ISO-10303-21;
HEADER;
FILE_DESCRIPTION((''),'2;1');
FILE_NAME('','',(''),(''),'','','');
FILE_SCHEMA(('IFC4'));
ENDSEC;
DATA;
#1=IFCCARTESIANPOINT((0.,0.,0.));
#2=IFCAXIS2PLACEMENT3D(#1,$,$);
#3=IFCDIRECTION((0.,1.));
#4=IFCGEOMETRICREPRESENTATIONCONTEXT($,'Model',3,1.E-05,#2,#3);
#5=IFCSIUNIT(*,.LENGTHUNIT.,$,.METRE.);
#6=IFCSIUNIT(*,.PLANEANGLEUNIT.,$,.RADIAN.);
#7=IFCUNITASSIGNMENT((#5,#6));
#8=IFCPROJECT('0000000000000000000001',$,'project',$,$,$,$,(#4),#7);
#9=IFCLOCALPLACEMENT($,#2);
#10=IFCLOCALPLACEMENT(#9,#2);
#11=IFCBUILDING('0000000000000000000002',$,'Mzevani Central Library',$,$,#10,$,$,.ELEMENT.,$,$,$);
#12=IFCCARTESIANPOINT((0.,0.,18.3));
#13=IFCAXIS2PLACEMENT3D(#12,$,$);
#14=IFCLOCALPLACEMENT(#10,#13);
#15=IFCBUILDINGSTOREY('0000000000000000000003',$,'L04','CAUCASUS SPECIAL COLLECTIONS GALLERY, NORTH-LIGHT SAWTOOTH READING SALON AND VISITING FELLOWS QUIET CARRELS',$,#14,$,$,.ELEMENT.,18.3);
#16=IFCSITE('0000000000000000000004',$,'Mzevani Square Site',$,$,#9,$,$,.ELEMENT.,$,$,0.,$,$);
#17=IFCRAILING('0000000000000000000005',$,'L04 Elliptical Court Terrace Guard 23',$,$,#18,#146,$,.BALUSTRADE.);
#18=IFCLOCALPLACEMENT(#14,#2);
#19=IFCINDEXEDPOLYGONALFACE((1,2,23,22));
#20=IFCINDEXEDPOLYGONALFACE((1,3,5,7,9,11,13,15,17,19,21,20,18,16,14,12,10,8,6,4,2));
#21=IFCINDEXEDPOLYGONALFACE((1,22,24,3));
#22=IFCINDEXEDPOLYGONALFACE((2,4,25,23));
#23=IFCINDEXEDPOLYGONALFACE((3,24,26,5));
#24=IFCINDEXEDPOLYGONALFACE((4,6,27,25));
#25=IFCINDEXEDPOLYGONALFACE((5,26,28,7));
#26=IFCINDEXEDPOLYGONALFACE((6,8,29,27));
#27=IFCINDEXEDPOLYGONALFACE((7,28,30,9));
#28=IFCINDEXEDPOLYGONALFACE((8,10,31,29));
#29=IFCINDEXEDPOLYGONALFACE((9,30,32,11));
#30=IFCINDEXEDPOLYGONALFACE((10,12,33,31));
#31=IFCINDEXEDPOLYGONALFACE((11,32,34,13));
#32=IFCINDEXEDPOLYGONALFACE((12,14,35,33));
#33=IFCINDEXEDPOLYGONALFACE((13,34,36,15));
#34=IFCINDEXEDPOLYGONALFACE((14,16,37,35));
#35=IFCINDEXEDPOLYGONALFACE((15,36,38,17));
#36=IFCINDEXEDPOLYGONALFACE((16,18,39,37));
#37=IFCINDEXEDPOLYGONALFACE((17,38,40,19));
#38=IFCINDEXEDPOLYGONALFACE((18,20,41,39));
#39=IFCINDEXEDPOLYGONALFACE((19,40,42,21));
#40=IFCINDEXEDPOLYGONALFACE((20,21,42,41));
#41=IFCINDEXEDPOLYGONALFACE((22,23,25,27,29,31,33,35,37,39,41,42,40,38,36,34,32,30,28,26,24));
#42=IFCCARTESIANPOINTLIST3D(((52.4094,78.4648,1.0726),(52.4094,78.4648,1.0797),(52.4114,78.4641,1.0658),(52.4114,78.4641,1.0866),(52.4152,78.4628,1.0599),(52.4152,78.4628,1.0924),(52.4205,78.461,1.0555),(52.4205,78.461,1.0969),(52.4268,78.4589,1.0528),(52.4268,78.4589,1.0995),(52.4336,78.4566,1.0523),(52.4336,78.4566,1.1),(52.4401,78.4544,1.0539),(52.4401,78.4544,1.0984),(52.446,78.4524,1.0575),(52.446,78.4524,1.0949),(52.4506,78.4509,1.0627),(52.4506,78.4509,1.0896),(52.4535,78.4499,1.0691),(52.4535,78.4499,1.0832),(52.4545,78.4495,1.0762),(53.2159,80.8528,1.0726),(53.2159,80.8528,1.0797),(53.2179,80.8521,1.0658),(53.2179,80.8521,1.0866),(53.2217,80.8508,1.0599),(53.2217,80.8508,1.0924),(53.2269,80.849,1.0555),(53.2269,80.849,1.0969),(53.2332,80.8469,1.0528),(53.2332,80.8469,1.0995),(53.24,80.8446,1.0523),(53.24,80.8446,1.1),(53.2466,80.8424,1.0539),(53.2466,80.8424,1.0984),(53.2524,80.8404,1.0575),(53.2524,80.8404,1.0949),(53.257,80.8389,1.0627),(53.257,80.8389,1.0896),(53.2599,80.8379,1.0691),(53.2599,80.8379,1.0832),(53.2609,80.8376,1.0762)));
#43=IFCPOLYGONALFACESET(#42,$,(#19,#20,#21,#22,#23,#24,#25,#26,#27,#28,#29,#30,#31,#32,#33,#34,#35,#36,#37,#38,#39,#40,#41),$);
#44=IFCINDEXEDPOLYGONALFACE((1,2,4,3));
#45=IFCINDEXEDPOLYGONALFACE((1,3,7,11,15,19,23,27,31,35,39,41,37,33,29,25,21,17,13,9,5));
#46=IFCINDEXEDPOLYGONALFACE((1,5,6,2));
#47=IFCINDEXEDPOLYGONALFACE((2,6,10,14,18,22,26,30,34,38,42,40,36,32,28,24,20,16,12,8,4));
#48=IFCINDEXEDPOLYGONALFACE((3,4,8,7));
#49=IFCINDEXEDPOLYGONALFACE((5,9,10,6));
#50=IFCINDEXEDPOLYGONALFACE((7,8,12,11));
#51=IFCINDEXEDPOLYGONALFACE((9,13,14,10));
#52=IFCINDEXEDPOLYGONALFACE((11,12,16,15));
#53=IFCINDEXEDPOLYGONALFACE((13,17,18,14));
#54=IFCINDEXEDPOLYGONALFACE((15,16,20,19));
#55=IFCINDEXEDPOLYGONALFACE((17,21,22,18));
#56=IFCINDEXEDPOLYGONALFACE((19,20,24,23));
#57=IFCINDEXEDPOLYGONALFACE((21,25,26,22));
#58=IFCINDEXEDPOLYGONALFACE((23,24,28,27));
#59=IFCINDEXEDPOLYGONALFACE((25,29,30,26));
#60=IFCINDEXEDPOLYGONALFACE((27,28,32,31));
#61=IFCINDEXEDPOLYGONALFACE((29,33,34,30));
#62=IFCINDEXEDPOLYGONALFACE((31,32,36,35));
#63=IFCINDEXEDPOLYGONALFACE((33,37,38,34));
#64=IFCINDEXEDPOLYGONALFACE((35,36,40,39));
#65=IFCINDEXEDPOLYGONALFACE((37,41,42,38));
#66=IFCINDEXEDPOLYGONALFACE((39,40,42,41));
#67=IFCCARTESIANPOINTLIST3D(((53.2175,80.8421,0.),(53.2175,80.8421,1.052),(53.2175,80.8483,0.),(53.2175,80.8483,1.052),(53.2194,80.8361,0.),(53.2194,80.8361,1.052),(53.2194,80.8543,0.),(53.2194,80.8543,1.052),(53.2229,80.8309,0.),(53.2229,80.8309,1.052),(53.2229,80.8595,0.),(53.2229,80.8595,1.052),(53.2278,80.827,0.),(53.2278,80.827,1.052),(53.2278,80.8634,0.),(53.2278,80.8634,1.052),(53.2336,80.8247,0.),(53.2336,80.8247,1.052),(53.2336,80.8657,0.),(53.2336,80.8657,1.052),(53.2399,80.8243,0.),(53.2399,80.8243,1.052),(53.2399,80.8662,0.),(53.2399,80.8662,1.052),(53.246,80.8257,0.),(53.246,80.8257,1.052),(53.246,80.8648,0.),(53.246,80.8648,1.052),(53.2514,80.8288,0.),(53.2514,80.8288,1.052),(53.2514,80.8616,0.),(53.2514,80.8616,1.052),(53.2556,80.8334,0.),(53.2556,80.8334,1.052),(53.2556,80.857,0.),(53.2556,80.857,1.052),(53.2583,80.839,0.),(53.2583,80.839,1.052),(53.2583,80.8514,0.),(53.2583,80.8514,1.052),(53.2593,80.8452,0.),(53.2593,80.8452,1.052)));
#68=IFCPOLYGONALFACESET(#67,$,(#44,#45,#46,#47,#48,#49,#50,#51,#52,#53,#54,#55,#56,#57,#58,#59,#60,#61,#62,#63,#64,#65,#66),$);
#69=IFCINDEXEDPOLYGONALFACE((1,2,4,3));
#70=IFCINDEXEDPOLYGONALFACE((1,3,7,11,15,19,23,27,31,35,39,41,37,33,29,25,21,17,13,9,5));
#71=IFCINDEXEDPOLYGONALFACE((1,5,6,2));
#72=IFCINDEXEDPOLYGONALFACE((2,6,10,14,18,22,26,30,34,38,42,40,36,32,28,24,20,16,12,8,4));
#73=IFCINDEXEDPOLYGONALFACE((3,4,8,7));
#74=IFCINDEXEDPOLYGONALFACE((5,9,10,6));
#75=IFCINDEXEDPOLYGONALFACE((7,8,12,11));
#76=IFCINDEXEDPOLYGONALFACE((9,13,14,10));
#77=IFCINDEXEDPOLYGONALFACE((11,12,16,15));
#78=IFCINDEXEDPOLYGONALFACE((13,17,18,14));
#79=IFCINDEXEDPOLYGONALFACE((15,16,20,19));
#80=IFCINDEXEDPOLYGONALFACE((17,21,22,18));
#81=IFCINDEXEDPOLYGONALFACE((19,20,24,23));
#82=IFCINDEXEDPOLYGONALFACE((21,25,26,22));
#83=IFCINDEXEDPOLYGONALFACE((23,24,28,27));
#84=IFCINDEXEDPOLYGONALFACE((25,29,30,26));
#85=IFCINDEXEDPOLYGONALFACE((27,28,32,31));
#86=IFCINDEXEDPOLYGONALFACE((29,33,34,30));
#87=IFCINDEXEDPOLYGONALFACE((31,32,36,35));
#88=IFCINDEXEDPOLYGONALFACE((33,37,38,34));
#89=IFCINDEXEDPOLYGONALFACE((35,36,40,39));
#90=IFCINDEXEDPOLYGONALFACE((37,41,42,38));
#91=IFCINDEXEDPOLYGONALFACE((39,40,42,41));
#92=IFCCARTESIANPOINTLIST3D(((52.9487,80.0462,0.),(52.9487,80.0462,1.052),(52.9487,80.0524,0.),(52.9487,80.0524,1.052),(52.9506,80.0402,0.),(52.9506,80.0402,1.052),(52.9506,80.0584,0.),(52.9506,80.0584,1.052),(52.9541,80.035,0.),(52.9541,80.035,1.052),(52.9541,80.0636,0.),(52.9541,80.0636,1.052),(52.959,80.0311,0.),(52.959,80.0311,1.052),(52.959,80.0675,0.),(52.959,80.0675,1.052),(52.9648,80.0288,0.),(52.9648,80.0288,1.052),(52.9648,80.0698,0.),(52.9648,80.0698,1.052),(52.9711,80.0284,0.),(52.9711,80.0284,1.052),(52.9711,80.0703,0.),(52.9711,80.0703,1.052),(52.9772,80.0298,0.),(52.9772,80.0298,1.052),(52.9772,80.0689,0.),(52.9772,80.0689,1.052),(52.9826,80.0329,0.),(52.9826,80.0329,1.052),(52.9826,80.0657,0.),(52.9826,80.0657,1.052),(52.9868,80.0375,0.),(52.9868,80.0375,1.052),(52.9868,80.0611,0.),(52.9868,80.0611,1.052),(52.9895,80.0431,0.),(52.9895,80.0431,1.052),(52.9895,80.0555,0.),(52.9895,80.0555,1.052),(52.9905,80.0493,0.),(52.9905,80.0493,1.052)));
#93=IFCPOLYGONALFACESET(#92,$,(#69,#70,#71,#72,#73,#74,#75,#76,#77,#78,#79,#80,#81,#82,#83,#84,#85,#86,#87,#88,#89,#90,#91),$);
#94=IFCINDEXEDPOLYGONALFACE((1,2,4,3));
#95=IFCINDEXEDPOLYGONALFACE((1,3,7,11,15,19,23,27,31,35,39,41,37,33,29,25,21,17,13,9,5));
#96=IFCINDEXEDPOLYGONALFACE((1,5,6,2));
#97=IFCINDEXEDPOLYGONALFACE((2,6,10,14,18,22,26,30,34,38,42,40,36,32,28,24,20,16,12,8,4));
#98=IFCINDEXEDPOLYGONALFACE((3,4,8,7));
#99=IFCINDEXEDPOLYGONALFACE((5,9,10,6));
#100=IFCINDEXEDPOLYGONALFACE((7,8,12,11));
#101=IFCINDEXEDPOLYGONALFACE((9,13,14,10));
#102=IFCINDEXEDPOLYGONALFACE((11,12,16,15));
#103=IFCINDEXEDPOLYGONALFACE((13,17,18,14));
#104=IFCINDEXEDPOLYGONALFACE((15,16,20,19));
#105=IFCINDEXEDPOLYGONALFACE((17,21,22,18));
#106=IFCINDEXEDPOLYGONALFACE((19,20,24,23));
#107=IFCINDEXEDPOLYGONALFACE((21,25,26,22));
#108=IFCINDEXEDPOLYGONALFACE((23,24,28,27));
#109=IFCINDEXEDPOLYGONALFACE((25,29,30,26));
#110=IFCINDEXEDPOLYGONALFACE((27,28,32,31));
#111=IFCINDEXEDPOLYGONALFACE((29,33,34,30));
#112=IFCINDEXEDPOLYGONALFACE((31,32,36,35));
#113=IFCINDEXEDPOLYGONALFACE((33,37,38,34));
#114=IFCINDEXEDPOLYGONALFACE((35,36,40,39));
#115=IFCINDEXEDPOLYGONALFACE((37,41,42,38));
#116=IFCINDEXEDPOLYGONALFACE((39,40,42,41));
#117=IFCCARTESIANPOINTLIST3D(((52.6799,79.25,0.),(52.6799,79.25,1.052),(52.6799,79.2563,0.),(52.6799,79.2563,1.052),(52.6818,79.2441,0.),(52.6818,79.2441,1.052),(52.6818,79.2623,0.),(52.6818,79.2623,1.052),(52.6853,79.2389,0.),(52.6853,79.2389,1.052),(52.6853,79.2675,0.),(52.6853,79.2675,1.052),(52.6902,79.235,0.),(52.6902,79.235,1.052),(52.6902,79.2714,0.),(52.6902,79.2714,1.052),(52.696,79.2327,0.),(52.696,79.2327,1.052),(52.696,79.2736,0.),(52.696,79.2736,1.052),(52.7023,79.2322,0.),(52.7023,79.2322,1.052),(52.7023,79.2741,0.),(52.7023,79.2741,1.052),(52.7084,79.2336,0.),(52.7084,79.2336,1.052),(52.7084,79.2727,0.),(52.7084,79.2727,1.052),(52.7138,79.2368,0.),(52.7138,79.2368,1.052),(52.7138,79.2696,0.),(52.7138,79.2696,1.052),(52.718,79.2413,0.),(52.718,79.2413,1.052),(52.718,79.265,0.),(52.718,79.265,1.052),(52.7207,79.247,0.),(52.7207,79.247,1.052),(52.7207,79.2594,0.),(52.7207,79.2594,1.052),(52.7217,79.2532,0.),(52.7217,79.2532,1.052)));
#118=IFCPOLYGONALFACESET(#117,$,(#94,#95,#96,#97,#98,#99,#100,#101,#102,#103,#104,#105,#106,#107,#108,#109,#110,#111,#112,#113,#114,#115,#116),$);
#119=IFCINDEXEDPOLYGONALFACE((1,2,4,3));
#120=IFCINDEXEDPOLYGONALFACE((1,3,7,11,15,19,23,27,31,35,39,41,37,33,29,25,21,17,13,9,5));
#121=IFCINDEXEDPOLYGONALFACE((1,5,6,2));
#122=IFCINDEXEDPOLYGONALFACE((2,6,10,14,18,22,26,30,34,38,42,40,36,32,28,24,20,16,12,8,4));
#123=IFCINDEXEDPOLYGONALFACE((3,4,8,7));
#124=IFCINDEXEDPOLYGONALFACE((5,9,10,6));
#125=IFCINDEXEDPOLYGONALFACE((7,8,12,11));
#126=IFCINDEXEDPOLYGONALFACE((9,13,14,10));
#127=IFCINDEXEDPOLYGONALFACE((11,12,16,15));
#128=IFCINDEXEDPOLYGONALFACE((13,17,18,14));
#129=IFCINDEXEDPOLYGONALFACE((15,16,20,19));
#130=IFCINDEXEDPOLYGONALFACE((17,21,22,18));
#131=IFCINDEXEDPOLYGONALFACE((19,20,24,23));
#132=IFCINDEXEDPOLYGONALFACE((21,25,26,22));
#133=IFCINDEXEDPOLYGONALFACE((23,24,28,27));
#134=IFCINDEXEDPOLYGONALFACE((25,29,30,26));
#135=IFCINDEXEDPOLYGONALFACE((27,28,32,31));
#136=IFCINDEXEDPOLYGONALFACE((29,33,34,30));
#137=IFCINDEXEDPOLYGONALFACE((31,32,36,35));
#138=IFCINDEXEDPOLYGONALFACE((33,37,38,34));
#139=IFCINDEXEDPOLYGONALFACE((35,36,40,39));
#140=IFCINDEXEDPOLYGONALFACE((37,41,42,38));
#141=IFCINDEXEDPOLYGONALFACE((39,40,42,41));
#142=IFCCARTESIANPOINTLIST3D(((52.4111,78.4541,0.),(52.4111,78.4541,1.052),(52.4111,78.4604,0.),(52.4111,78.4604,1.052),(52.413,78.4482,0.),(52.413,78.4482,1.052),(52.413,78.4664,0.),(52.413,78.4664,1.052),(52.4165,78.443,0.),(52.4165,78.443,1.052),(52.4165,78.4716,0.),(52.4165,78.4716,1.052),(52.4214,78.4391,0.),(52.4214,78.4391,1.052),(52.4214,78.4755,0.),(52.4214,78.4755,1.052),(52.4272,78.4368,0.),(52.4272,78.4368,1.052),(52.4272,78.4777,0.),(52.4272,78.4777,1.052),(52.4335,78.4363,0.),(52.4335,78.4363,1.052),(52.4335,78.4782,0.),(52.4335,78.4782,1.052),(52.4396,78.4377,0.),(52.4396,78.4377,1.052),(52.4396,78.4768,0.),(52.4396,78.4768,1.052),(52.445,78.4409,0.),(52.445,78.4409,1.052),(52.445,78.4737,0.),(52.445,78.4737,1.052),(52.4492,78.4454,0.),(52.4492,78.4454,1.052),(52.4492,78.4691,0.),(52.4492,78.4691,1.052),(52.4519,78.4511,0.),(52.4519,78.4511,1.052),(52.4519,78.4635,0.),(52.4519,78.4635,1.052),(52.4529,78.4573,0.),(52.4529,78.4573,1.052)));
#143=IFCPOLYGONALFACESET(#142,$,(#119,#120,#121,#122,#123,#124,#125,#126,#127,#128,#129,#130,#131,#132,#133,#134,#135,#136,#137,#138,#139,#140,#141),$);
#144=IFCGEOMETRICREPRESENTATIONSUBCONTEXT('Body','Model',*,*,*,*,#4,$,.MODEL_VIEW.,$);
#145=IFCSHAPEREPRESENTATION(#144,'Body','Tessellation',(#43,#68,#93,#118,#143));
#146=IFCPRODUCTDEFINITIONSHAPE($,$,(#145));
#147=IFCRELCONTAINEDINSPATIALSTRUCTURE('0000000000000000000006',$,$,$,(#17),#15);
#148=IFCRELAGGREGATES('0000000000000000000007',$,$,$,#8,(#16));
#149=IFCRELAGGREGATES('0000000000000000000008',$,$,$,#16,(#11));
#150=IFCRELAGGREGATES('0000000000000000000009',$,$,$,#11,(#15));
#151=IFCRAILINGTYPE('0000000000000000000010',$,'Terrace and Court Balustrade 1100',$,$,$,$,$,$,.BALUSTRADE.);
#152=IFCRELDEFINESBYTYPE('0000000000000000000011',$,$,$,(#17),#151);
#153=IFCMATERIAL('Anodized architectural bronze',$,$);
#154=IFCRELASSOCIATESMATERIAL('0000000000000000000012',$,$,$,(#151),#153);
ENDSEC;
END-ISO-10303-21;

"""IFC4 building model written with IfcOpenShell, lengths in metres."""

from ifc_helpers import new_model, si_unit, direction, frame, origin, origin_2d, place, context, subcontext, project, spatial, circle, extrude, material, type_object, element, save


model = new_model("IFC4")

# Units and contexts
model_context = context("Model", 3, precision=1e-05, world=origin(), true_north=direction((0.0, 1.0)))
body_context = subcontext(model_context, "Body", "Model", "MODEL_VIEW")
ifc_project = project(units=[si_unit("LENGTHUNIT", "METRE"), si_unit("PLANEANGLEUNIT", "RADIAN")], contexts=[model_context])

# Site, building, storey
site_placement = place(None, origin())
site = spatial("IfcSite", under=ifc_project, at=site_placement, Name="Mzevani Square Site", CompositionType="ELEMENT", RefElevation=0.0)
building_placement = place(site_placement, origin())
building = spatial("IfcBuilding", under=site, at=building_placement, Name="Mzevani Central Library", CompositionType="ELEMENT")
storey_placement = place(building_placement, frame((0.0, 0.0, 18.3)))
storey = spatial("IfcBuildingStorey", under=building, at=storey_placement, Name="L04", Description="CAUCASUS SPECIAL COLLECTIONS GALLERY, NORTH-LIGHT SAWTOOTH READING SALON AND VISITING FELLOWS QUIET CARRELS", CompositionType="ELEMENT", Elevation=18.3)

# Railing
ifc_material_1 = material(Name="Anodized architectural bronze")
railing_type = type_object("IfcRailingType", Name="Terrace and Court Balustrade 1100", PredefinedType="BALUSTRADE", material=ifc_material_1)
railing_1_placement = place(storey_placement, frame((53.2383, 80.8452, 0.0)))
element("IfcRailing", 1, at=railing_1_placement, inside=storey, type_object=railing_type, Name="L04 Elliptical Court Terrace Guard 23", PredefinedType="BALUSTRADE", context=body_context, shape_type="SweptSolid", body=[
    extrude(circle(Radius=0.0239, at=origin_2d()), frame((0.0, 0.0, 1.0762), z_axis=(-0.319945, -0.947436, 0.0), x_axis=(0.947436, -0.319945, 0.0)), (0.0, 0.0, 1.0), 2.5205),
    extrude(circle(Radius=0.021, at=origin_2d()), origin(), (0.0, 0.0, 1.0), 1.052),
    extrude(circle(Radius=0.021, at=origin_2d()), frame((-0.2688, -0.7959, 0.0)), (0.0, 0.0, 1.0), 1.052),
    extrude(circle(Radius=0.021, at=origin_2d()), frame((-0.5376, -1.592, 0.0)), (0.0, 0.0, 1.0), 1.052),
    extrude(circle(Radius=0.021, at=origin_2d()), frame((-0.8064, -2.3879, 0.0)), (0.0, 0.0, 1.0), 1.052),
])

save(model, "model.ifc")
